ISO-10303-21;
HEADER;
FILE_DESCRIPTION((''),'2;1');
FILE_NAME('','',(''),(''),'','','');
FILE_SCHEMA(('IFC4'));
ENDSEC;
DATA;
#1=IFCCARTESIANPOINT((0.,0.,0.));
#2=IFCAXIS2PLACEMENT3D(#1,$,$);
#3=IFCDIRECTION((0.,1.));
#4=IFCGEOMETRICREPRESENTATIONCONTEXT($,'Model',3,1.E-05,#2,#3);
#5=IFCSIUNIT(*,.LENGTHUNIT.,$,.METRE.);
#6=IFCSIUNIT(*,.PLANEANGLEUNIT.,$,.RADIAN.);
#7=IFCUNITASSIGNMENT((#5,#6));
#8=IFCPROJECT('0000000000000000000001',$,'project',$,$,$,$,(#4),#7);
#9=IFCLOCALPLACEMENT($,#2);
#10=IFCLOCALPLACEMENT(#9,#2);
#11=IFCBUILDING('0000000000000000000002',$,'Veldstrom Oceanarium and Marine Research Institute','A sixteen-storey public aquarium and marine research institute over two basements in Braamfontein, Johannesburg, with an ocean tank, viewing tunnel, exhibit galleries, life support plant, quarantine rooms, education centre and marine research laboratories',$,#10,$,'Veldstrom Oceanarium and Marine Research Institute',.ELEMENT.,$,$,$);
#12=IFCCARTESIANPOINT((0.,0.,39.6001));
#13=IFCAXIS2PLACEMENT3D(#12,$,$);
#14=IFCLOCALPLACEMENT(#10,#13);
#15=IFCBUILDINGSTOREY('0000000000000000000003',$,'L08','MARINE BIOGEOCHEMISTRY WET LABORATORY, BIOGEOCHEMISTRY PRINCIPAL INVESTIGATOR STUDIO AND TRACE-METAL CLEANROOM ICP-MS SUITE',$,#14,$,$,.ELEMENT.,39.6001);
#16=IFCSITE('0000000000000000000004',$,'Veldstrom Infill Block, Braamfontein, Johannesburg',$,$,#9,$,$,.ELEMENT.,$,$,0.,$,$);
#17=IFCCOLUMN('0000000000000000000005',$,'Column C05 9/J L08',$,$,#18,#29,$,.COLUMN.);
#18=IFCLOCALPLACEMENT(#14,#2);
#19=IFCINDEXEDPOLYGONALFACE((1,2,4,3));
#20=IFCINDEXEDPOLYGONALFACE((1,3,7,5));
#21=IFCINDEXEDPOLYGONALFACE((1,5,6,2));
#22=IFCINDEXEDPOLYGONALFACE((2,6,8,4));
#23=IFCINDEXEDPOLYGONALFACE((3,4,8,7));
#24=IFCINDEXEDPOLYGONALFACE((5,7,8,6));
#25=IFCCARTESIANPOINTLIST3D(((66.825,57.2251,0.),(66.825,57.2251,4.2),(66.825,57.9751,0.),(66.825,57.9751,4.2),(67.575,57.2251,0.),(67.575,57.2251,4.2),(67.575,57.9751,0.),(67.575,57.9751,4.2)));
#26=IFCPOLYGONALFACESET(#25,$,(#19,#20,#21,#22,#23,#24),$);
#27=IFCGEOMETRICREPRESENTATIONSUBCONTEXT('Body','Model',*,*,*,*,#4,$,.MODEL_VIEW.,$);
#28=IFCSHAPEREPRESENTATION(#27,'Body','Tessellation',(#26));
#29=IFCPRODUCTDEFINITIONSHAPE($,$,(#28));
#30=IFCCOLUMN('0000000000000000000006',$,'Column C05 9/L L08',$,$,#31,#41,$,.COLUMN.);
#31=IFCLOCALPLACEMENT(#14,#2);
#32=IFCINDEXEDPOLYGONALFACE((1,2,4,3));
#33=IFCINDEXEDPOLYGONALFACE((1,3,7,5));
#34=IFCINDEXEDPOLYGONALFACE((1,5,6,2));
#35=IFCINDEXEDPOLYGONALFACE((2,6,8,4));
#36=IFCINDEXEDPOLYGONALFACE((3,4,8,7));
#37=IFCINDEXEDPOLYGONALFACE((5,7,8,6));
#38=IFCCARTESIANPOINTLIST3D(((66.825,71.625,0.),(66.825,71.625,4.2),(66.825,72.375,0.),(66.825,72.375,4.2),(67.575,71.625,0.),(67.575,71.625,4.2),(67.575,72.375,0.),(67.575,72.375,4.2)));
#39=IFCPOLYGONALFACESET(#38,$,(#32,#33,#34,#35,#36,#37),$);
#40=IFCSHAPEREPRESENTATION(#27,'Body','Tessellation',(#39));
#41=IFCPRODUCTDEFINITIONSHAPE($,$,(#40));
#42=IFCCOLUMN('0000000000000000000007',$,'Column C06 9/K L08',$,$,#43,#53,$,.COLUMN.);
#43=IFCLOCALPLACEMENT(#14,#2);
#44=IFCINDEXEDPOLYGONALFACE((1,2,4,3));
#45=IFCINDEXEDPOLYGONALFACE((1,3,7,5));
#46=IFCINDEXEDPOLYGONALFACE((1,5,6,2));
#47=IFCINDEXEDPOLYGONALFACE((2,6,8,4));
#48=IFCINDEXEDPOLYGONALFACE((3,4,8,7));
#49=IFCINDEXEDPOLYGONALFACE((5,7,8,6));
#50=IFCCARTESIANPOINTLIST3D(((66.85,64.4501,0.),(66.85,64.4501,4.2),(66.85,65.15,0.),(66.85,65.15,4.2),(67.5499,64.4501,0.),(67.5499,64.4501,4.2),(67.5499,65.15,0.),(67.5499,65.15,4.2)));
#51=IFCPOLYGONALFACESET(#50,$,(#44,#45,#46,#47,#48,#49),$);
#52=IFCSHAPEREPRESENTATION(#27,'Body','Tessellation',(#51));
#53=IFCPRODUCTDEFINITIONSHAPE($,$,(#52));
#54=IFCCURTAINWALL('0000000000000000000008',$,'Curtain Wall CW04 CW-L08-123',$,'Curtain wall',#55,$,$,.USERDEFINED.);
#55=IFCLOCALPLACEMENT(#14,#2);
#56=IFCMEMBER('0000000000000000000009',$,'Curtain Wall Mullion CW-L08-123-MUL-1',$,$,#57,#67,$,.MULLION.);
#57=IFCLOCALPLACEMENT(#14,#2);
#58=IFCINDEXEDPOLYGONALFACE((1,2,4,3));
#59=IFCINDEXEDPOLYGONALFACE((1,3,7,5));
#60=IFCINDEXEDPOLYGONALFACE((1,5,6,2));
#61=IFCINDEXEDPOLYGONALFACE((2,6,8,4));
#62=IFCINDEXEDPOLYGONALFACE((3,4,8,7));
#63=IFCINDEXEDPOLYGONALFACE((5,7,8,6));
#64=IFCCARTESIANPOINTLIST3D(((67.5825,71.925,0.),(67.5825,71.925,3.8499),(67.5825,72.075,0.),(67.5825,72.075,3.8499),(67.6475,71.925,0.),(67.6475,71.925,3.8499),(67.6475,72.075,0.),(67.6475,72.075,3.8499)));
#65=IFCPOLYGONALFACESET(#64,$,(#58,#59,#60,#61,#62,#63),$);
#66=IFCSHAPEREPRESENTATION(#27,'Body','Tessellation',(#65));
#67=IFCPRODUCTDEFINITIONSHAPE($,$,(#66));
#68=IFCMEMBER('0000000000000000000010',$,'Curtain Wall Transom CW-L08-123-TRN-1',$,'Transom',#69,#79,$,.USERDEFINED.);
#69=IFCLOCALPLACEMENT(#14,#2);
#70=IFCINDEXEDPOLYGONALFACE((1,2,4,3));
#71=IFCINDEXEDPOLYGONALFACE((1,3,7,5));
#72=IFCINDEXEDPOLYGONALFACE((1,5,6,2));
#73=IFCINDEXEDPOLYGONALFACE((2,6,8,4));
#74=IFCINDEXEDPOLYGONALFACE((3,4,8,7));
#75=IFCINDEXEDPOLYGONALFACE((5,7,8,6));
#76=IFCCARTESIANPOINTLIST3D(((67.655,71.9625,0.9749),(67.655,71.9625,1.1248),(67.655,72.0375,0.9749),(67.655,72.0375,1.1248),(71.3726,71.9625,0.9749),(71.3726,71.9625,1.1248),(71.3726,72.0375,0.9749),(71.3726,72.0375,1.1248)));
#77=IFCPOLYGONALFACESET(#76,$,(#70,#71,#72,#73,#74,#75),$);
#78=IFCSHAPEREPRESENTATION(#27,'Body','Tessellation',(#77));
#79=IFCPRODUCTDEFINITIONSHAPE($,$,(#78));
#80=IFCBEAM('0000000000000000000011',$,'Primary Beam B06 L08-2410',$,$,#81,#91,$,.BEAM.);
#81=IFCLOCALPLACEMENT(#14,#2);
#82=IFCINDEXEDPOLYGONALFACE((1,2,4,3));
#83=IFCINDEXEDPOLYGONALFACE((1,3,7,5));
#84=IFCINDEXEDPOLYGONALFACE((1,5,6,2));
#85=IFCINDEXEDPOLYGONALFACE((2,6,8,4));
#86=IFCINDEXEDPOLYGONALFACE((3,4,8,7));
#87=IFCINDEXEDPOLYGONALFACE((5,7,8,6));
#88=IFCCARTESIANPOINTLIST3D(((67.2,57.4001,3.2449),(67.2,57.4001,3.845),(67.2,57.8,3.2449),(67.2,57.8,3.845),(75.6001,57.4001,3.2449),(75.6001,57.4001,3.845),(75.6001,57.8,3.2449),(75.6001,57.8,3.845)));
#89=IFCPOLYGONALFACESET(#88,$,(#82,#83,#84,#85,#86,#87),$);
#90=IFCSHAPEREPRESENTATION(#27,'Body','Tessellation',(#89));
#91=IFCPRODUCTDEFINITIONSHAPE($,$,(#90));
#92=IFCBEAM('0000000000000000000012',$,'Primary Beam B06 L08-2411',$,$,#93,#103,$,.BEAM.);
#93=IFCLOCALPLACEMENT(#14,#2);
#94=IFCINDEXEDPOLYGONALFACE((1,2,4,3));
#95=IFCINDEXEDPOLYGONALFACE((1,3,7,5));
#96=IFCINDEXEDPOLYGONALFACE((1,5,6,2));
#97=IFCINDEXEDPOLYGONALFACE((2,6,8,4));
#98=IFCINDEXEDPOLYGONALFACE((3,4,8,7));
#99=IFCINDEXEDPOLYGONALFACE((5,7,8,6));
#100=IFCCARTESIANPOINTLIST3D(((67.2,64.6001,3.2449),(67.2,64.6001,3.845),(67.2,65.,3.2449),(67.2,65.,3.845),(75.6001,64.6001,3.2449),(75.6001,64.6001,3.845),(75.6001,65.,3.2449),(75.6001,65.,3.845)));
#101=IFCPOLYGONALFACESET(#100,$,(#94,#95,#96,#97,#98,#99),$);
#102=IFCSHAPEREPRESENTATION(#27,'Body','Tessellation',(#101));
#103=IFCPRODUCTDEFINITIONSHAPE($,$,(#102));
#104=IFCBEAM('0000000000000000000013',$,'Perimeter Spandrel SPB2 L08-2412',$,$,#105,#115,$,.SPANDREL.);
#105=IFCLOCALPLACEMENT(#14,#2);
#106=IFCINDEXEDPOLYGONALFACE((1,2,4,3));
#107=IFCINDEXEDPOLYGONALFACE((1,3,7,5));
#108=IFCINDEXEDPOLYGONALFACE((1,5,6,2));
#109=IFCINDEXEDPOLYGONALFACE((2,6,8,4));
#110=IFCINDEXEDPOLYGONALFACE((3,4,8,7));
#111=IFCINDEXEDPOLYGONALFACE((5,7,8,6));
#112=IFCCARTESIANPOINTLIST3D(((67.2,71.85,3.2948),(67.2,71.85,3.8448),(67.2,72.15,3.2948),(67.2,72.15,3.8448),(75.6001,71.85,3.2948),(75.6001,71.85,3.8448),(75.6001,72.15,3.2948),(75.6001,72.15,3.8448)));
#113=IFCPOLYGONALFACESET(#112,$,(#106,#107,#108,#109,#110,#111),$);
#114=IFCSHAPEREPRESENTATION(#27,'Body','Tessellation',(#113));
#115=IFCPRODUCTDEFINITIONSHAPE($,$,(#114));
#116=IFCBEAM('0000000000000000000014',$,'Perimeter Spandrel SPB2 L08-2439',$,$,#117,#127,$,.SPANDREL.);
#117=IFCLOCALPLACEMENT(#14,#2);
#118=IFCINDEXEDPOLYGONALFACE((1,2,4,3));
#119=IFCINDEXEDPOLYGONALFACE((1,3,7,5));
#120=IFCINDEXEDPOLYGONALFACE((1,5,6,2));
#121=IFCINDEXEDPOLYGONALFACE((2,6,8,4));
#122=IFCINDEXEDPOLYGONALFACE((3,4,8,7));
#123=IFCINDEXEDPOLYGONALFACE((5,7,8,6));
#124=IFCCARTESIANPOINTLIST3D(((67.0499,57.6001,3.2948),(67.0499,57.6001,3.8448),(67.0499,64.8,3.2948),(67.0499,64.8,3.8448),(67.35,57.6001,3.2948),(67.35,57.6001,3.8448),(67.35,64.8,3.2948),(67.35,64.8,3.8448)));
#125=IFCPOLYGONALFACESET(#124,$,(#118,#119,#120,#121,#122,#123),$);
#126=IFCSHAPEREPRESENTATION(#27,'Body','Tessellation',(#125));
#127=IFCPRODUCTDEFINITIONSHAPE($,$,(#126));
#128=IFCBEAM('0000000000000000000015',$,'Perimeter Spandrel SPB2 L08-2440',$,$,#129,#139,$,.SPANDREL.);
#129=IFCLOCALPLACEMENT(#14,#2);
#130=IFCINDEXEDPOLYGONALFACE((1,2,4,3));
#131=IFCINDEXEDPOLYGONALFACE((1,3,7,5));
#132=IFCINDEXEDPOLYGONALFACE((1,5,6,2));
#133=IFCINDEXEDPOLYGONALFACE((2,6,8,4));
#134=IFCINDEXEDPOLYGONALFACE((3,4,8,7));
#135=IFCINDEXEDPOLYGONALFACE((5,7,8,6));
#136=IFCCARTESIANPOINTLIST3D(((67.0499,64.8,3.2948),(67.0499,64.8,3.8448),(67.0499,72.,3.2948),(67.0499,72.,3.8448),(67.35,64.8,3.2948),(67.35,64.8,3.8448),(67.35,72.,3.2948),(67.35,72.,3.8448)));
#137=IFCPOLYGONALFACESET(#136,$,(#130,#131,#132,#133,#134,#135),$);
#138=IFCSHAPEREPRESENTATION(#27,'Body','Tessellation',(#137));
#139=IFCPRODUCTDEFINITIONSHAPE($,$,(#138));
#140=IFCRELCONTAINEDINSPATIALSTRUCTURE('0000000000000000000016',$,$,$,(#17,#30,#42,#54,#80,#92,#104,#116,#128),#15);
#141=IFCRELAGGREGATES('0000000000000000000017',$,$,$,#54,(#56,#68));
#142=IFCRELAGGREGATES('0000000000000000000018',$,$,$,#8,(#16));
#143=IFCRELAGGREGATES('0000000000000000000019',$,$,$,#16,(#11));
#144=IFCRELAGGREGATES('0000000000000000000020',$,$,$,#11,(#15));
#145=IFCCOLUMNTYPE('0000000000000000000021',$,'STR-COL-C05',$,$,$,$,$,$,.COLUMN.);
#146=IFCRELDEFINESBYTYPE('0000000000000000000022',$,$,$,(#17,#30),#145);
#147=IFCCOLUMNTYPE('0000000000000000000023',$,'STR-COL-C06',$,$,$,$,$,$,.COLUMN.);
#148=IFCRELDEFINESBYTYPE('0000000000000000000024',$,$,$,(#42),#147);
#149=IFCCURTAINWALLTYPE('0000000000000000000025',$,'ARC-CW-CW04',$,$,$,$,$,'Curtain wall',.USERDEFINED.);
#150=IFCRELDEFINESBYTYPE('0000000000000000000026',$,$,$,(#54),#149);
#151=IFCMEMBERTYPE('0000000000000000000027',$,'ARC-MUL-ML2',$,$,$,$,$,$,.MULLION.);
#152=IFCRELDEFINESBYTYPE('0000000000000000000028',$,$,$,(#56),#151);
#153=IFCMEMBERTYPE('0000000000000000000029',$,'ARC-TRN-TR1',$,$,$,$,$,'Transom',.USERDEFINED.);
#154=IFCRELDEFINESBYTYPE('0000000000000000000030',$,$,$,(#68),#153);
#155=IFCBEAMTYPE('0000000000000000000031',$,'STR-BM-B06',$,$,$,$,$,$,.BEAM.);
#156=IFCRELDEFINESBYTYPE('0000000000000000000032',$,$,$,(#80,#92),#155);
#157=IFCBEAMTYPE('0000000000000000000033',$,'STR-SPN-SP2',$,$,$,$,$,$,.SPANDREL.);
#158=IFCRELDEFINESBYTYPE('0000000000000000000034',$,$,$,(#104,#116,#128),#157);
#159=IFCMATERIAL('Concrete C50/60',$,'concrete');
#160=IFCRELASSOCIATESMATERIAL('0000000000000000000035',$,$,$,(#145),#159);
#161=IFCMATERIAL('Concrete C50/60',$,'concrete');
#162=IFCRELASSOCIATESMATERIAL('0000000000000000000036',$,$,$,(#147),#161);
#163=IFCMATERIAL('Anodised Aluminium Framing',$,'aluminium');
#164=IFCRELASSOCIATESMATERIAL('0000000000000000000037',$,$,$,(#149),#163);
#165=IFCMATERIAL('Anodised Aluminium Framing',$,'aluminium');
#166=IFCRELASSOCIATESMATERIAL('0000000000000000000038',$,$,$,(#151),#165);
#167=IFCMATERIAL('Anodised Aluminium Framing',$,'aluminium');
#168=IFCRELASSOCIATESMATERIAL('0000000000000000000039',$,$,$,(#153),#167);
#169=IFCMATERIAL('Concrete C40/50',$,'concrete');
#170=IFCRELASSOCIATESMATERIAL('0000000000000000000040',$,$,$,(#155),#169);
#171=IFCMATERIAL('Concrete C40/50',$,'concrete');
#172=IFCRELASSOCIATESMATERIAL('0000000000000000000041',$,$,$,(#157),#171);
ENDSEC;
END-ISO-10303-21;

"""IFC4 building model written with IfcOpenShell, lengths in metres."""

from ifc_helpers import new_model, si_unit, direction, frame, origin, origin_2d, place, context, subcontext, project, spatial, rectangle, extrude, material, material_profile, profile_set, type_object, element, aggregate, save


model = new_model("IFC4")

# Units and contexts
model_context = context("Model", 3, precision=1e-05, world=origin(), true_north=direction((0.0, 1.0)))
body_context = subcontext(model_context, "Body", "Model", "MODEL_VIEW")
ifc_project = project(units=[si_unit("LENGTHUNIT", "METRE"), si_unit("PLANEANGLEUNIT", "RADIAN")], contexts=[model_context])

# Site, building, storey
site_placement = place(None, origin())
site = spatial("IfcSite", under=ifc_project, at=site_placement, Name="Veldstrom Infill Block, Braamfontein, Johannesburg", CompositionType="ELEMENT", RefElevation=0.0)
building_placement = place(site_placement, origin())
building = spatial("IfcBuilding", under=site, at=building_placement, Name="Veldstrom Oceanarium and Marine Research Institute", Description="A sixteen-storey public aquarium and marine research institute over two basements in Braamfontein, Johannesburg, with an ocean tank, viewing tunnel, exhibit galleries, life support plant, quarantine rooms, education centre and marine research laboratories", LongName="Veldstrom Oceanarium and Marine Research Institute", CompositionType="ELEMENT")
storey_placement = place(building_placement, frame((0.0, 0.0, 39.6001)))
storey = spatial("IfcBuildingStorey", under=building, at=storey_placement, Name="L08", Description="MARINE BIOGEOCHEMISTRY WET LABORATORY, BIOGEOCHEMISTRY PRINCIPAL INVESTIGATOR STUDIO AND TRACE-METAL CLEANROOM ICP-MS SUITE", CompositionType="ELEMENT", Elevation=39.6001)

# Columns
ifc_material_1 = material(Name="Concrete C50/60", Category="concrete")
ifc_material_profile_1 = material_profile(ifc_material_1, rectangle(XDim=0.75, YDim=0.75, at=origin_2d()), Name="RC-COL-750x750")
ifc_profile_set_1 = profile_set([ifc_material_profile_1], Name="Concrete C50/60")
column_type_1 = type_object("IfcColumnType", Name="STR-COL-C05", PredefinedType="COLUMN", material=ifc_profile_set_1)
for number, where, z_axis, x_axis, name in (
    (1, (67.2, 57.6001, 0.0), (0.0, 0.0, 1.0), (1.0, 0.0, 0.0), "Column C05 9/J L08"),
    (2, (67.2, 72.0, 0.0), (0.0, 0.0, 1.0), (1.0, 0.0, 0.0), "Column C05 9/L L08"),
):
    element("IfcColumn", number, at=place(storey_placement, frame(where, z_axis=z_axis, x_axis=x_axis)), inside=storey, type_object=column_type_1, Name=name, PredefinedType="COLUMN", context=body_context, shape_type="SweptSolid", body=[
        extrude(rectangle(XDim=0.75, YDim=0.75, at=origin_2d()), origin(), (0.0, 0.0, 1.0), 4.2),
    ])
ifc_material_2 = material(Name="Concrete C50/60", Category="concrete")
ifc_material_profile_2 = material_profile(ifc_material_2, rectangle(XDim=0.7, YDim=0.7, at=origin_2d()), Name="RC-COL-700x700")
ifc_profile_set_2 = profile_set([ifc_material_profile_2], Name="Concrete C50/60")
column_type_2 = type_object("IfcColumnType", Name="STR-COL-C06", PredefinedType="COLUMN", material=ifc_profile_set_2)
column_placement = place(storey_placement, frame((67.2, 64.8, 0.0), z_axis=(0.0, 0.0, 1.0), x_axis=(1.0, 0.0, 0.0)))
element("IfcColumn", 3, at=column_placement, inside=storey, type_object=column_type_2, Name="Column C06 9/K L08", PredefinedType="COLUMN", context=body_context, shape_type="SweptSolid", body=[
    extrude(rectangle(XDim=0.7, YDim=0.7, at=origin_2d()), origin(), (0.0, 0.0, 1.0), 4.2),
])

# Curtain wall, members
ifc_material_3 = material(Name="Anodised Aluminium Framing", Category="aluminium")
curtain_wall_type = type_object("IfcCurtainWallType", Name="ARC-CW-CW04", ElementType="Curtain wall", PredefinedType="USERDEFINED", material=ifc_material_3)
curtain_wall_placement = place(storey_placement, origin())
curtain_wall = element("IfcCurtainWall", 4, at=curtain_wall_placement, inside=storey, type_object=curtain_wall_type, Name="Curtain Wall CW04 CW-L08-123", ObjectType="Curtain wall", PredefinedType="USERDEFINED")
ifc_material_4 = material(Name="Anodised Aluminium Framing", Category="aluminium")
ifc_material_profile_3 = material_profile(ifc_material_4, rectangle(XDim=0.0649, YDim=0.1499, at=origin_2d()), Name="ALU-MUL-65x150")
ifc_profile_set_3 = profile_set([ifc_material_profile_3], Name="Anodised Aluminium Framing")
member_type_1 = type_object("IfcMemberType", Name="ARC-MUL-ML2", PredefinedType="MULLION", material=ifc_profile_set_3)
member_1_placement = place(storey_placement, frame((67.615, 72.0, 0.0), z_axis=(0.0, 0.0, 1.0), x_axis=(1.0, 0.0, 0.0)))
member_1 = element("IfcMember", 5, at=member_1_placement, type_object=member_type_1, Name="Curtain Wall Mullion CW-L08-123-MUL-1", PredefinedType="MULLION", context=body_context, shape_type="SweptSolid", body=[
    extrude(rectangle(XDim=0.0649, YDim=0.1499, at=origin_2d()), origin(), (0.0, 0.0, 1.0), 3.8499),
])
ifc_material_5 = material(Name="Anodised Aluminium Framing", Category="aluminium")
ifc_material_profile_4 = material_profile(ifc_material_5, rectangle(XDim=0.075, YDim=0.1499, at=origin_2d()), Name="ALU-TRN-75x150")
ifc_profile_set_4 = profile_set([ifc_material_profile_4], Name="Anodised Aluminium Framing")
member_type_2 = type_object("IfcMemberType", Name="ARC-TRN-TR1", ElementType="Transom", PredefinedType="USERDEFINED", material=ifc_profile_set_4)
member_2_placement = place(storey_placement, frame((67.655, 72.0, 1.0498), z_axis=(1.0, 0.0, 0.0), x_axis=(0.0, 1.0, 0.0)))
member_2 = element("IfcMember", 6, at=member_2_placement, type_object=member_type_2, Name="Curtain Wall Transom CW-L08-123-TRN-1", ObjectType="Transom", PredefinedType="USERDEFINED", context=body_context, shape_type="SweptSolid", body=[
    extrude(rectangle(XDim=0.075, YDim=0.1499, at=origin_2d()), origin(), (0.0, 0.0, 1.0), 3.7175),
])
aggregate(curtain_wall, [member_1, member_2])

# Beams
ifc_material_6 = material(Name="Concrete C40/50", Category="concrete")
ifc_material_profile_5 = material_profile(ifc_material_6, rectangle(XDim=0.3999, YDim=0.6001, at=origin_2d()), Name="RC-BM-400x600")
ifc_profile_set_5 = profile_set([ifc_material_profile_5], Name="Concrete C40/50")
beam_type_1 = type_object("IfcBeamType", Name="STR-BM-B06", PredefinedType="BEAM", material=ifc_profile_set_5)
for number, where, z_axis, x_axis, name in (
    (7, (67.2, 57.6001, 3.5449), (1.0, 0.0, 0.0), (0.0, 1.0, 0.0), "Primary Beam B06 L08-2410"),
    (8, (67.2, 64.8, 3.5449), (1.0, 0.0, 0.0), (0.0, 1.0, 0.0), "Primary Beam B06 L08-2411"),
):
    element("IfcBeam", number, at=place(storey_placement, frame(where, z_axis=z_axis, x_axis=x_axis)), inside=storey, type_object=beam_type_1, Name=name, PredefinedType="BEAM", context=body_context, shape_type="SweptSolid", body=[
        extrude(rectangle(XDim=0.3999, YDim=0.6001, at=origin_2d()), origin(), (0.0, 0.0, 1.0), 8.4001),
    ])
ifc_material_7 = material(Name="Concrete C40/50", Category="concrete")
ifc_material_profile_6 = material_profile(ifc_material_7, rectangle(XDim=0.3, YDim=0.55, at=origin_2d()), Name="RC-SPN-300x550")
ifc_profile_set_6 = profile_set([ifc_material_profile_6], Name="Concrete C40/50")
beam_type_2 = type_object("IfcBeamType", Name="STR-SPN-SP2", PredefinedType="SPANDREL", material=ifc_profile_set_6)
beam_placement = place(storey_placement, frame((67.2, 72.0, 3.5698), z_axis=(1.0, 0.0, 0.0), x_axis=(0.0, 1.0, 0.0)))
element("IfcBeam", 9, at=beam_placement, inside=storey, type_object=beam_type_2, Name="Perimeter Spandrel SPB2 L08-2412", PredefinedType="SPANDREL", context=body_context, shape_type="SweptSolid", body=[
    extrude(rectangle(XDim=0.3, YDim=0.55, at=origin_2d()), origin(), (0.0, 0.0, 1.0), 8.4001),
])
for number, where, z_axis, x_axis, name in (
    (10, (67.2, 57.6001, 3.5698), (0.0, 1.0, 0.0), (-1.0, 0.0, 0.0), "Perimeter Spandrel SPB2 L08-2439"),
    (11, (67.2, 64.8, 3.5698), (0.0, 1.0, 0.0), (-1.0, 0.0, 0.0), "Perimeter Spandrel SPB2 L08-2440"),
):
    element("IfcBeam", number, at=place(storey_placement, frame(where, z_axis=z_axis, x_axis=x_axis)), inside=storey, type_object=beam_type_2, Name=name, PredefinedType="SPANDREL", context=body_context, shape_type="SweptSolid", body=[
        extrude(rectangle(XDim=0.3, YDim=0.55, at=origin_2d()), origin(), (0.0, 0.0, 1.0), 7.2),
    ])

save(model, "model.ifc")
